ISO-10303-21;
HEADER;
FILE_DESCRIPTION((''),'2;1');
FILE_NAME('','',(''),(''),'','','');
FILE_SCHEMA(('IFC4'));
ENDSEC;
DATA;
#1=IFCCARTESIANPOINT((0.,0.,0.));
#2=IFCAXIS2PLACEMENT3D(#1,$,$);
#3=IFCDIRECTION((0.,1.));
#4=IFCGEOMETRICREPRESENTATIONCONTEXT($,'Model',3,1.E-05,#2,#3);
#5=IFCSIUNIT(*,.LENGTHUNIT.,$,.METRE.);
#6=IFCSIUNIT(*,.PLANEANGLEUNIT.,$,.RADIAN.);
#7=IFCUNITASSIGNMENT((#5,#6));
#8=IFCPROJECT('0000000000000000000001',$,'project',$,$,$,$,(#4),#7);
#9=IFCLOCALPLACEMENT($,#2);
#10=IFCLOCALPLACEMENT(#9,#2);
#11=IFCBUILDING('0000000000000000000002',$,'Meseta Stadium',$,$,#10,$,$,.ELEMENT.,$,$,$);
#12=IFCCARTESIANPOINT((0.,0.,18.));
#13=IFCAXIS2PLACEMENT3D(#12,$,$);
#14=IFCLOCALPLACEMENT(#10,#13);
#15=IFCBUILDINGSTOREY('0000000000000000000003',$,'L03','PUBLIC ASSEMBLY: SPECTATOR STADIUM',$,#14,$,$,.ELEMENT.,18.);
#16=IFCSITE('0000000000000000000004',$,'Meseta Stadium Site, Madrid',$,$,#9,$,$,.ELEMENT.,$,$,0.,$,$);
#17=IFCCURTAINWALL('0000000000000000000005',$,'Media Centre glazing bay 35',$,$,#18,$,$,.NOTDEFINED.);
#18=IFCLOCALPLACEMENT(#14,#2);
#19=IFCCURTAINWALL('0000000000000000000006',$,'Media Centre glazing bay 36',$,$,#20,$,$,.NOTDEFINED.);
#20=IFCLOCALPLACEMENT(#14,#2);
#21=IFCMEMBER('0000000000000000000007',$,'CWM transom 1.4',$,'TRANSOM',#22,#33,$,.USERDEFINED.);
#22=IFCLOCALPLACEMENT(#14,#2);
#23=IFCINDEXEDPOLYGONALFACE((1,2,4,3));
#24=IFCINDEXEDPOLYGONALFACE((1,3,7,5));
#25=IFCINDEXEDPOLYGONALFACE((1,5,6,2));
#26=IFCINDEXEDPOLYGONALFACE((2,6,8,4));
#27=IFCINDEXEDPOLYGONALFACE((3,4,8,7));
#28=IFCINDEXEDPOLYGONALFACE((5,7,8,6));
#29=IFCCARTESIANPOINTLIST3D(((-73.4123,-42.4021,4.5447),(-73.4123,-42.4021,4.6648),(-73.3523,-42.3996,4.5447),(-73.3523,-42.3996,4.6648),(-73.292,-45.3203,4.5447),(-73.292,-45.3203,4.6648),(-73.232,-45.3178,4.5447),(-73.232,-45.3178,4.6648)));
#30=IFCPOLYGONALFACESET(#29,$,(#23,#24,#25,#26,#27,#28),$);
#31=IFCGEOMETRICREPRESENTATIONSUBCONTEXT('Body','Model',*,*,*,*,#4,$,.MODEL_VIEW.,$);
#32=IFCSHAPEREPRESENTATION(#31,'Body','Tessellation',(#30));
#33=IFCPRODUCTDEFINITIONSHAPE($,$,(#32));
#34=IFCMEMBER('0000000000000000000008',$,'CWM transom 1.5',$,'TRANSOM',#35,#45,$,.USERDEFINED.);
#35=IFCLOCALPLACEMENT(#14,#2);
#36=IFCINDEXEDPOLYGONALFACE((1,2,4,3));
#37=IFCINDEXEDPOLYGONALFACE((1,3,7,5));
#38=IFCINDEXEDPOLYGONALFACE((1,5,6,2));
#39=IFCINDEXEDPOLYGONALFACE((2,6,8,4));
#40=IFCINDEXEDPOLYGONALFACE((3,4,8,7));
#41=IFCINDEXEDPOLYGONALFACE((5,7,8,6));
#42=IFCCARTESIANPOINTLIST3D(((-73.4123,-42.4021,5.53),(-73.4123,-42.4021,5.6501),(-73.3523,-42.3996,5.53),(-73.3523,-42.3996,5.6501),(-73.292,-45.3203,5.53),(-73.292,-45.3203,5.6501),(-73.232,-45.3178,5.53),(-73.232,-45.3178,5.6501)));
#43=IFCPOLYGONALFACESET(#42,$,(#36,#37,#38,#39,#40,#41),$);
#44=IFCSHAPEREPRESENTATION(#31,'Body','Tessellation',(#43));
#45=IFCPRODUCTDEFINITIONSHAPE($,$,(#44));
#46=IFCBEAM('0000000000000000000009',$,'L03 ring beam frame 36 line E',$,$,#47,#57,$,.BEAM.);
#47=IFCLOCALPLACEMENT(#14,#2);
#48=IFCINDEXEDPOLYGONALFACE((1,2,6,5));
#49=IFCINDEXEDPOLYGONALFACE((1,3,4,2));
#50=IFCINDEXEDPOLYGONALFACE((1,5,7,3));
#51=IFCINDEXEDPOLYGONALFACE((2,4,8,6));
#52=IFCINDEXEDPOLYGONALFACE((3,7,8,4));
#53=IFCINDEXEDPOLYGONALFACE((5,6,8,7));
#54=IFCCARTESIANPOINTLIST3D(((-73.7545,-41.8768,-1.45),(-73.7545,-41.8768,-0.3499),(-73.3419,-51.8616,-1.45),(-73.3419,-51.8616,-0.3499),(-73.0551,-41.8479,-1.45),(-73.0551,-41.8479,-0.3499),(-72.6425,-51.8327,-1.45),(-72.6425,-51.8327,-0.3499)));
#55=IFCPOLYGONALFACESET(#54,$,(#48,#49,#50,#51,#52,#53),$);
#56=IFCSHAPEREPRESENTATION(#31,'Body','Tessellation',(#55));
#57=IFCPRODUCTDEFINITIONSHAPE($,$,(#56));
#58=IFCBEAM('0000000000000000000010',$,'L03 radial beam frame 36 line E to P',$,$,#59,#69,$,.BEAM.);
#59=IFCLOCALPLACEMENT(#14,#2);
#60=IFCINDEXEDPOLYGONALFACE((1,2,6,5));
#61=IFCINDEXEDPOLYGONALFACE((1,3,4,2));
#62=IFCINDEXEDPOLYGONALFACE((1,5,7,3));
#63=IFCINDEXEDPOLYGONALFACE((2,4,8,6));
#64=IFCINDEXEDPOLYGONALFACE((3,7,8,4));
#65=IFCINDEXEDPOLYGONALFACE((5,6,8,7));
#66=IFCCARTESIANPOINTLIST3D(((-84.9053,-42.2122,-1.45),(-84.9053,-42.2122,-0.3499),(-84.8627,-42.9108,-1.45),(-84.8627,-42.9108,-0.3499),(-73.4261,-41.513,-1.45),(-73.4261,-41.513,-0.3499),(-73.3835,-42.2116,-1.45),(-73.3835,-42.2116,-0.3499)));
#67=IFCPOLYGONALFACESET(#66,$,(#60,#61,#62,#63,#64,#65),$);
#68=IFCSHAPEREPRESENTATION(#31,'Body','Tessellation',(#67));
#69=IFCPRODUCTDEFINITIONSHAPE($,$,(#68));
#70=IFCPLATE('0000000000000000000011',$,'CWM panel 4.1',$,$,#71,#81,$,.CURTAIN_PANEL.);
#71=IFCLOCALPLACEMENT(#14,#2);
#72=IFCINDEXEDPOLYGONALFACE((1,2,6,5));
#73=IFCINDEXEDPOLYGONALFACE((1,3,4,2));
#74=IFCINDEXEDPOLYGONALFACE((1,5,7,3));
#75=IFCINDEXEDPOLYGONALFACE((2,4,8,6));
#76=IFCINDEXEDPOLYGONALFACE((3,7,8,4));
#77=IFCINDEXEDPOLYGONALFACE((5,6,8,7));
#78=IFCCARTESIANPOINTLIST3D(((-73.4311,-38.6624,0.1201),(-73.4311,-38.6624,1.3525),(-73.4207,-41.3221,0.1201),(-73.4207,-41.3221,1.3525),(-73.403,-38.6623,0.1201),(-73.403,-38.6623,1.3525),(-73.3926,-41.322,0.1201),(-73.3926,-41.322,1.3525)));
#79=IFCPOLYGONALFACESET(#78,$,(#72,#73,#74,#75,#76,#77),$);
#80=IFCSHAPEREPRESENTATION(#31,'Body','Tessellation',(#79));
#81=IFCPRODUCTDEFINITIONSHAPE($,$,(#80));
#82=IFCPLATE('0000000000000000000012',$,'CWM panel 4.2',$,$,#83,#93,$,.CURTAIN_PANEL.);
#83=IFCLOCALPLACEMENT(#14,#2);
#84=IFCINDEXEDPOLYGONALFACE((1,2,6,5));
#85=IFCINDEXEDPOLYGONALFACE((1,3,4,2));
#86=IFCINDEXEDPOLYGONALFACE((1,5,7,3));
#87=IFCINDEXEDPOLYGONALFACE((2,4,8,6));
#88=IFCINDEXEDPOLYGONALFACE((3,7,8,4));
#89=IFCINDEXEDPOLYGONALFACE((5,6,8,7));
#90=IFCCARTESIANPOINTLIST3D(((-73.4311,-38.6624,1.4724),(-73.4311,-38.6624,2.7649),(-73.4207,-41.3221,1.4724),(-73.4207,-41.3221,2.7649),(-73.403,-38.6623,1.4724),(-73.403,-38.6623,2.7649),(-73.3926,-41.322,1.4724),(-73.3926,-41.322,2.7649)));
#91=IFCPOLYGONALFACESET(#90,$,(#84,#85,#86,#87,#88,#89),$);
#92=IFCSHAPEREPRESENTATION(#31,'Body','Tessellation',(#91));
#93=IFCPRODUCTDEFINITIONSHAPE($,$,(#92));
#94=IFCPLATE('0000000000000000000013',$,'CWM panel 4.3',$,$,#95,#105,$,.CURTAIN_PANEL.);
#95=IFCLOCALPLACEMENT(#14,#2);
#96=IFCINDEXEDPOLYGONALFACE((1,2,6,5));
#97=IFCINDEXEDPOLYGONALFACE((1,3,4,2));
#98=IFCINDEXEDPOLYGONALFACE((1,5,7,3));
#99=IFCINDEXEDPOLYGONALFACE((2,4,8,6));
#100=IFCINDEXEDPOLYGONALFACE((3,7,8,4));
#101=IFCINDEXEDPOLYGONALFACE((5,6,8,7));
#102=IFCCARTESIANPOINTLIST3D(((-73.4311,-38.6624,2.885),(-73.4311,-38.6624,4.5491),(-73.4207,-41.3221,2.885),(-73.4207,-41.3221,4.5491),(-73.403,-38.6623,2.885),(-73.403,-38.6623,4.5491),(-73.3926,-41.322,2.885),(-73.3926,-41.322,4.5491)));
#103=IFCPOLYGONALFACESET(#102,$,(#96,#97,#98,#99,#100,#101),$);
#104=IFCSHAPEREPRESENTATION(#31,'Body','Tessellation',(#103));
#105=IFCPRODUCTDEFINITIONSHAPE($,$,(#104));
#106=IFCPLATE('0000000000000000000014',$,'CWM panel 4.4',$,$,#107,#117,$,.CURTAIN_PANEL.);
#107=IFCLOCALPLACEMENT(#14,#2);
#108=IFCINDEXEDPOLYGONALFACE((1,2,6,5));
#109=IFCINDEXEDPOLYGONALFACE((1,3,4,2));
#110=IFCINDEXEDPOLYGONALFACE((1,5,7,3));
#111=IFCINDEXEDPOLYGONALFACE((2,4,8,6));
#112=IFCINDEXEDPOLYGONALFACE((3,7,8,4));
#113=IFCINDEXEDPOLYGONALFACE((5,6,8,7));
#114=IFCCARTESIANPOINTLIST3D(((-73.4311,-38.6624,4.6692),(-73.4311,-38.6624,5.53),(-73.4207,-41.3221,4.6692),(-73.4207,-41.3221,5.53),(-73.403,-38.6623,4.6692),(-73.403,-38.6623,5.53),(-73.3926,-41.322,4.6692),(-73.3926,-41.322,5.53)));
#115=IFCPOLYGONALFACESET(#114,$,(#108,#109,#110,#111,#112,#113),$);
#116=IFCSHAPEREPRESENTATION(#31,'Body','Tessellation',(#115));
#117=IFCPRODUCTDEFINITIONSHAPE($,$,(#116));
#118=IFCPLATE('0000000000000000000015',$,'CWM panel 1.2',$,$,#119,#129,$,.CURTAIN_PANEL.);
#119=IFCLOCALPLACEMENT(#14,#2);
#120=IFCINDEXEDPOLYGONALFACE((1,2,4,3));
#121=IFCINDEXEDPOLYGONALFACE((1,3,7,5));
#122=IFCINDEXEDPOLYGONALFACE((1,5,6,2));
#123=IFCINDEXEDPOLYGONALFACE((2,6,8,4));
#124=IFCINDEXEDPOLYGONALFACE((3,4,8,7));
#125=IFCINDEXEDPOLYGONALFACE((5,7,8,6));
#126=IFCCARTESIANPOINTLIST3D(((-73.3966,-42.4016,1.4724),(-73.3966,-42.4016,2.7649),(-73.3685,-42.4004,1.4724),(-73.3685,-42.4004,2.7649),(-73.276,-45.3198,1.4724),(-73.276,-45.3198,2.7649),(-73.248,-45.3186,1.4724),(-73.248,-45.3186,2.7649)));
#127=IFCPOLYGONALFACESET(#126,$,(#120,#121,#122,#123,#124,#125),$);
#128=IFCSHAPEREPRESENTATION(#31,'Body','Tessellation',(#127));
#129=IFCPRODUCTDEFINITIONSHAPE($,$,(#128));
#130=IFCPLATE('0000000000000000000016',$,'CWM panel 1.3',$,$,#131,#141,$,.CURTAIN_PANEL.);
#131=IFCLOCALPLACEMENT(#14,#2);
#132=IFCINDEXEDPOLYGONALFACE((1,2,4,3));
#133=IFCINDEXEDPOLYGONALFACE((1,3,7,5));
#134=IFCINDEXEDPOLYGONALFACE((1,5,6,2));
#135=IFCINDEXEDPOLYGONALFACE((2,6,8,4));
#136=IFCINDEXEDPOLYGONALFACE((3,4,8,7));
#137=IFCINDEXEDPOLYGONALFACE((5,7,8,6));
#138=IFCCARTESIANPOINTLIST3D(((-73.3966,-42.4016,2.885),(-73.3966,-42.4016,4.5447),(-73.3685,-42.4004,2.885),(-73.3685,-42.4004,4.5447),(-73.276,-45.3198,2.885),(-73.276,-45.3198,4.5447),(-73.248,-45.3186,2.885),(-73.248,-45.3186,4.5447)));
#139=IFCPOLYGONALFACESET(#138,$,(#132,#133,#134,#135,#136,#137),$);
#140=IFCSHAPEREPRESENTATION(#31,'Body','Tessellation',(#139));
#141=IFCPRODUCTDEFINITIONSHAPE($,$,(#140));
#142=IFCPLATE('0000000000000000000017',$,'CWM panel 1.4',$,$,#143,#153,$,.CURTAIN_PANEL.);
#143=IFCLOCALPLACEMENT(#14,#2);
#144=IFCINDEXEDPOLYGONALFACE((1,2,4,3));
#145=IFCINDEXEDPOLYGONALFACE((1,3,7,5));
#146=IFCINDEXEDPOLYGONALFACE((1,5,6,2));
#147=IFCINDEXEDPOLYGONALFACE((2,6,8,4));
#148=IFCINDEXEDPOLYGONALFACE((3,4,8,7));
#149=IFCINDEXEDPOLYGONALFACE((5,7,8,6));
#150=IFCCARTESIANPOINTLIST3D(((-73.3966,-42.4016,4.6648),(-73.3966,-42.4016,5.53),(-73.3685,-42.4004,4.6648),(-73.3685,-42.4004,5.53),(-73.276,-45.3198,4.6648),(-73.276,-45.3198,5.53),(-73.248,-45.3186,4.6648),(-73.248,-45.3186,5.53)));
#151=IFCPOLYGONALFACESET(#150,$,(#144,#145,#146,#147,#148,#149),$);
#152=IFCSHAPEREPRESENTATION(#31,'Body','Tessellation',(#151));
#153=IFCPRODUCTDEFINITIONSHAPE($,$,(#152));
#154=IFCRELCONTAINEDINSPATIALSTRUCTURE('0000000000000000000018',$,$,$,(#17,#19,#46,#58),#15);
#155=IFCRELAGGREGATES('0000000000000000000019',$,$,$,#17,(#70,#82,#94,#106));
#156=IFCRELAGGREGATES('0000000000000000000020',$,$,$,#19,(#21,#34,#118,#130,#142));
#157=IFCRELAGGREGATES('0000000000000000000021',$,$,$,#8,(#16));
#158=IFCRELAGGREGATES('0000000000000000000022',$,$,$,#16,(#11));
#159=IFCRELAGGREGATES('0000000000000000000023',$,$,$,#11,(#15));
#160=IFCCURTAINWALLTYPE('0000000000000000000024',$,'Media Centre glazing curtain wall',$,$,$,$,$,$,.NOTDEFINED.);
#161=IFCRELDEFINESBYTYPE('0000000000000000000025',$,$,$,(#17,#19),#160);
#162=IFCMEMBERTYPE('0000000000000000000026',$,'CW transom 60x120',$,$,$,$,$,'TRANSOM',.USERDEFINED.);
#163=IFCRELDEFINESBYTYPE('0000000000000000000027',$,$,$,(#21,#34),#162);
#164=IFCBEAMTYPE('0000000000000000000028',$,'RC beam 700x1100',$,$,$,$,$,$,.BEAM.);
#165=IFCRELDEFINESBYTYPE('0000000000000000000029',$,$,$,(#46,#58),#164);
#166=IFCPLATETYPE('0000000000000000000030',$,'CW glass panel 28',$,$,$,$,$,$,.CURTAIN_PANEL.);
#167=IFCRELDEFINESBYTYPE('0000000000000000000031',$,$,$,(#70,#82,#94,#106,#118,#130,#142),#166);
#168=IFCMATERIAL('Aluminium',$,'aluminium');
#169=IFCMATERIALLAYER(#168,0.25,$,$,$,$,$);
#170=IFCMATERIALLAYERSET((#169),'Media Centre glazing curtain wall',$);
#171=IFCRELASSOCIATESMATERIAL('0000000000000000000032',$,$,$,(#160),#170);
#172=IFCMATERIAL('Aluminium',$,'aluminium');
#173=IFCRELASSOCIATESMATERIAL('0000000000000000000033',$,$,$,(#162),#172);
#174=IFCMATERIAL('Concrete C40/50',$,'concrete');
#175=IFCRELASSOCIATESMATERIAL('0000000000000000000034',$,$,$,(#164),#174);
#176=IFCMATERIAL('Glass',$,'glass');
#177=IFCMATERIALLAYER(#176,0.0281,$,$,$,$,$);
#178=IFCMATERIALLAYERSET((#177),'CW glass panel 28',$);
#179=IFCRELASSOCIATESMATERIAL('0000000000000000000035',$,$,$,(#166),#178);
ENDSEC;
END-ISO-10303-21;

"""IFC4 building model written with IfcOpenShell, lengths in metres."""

from ifc_helpers import new_model, si_unit, direction, frame, origin, origin_2d, place, context, subcontext, project, spatial, rectangle, extrude, material, layer, layer_set, material_profile, profile_set, type_object, element, aggregate, save


model = new_model("IFC4")

# Units and contexts
model_context = context("Model", 3, precision=1e-05, world=origin(), true_north=direction((0.0, 1.0)))
body_context = subcontext(model_context, "Body", "Model", "MODEL_VIEW")
ifc_project = project(units=[si_unit("LENGTHUNIT", "METRE"), si_unit("PLANEANGLEUNIT", "RADIAN")], contexts=[model_context])

# Site, building, storey
site_placement = place(None, origin())
site = spatial("IfcSite", under=ifc_project, at=site_placement, Name="Meseta Stadium Site, Madrid", CompositionType="ELEMENT", RefElevation=0.0)
building_placement = place(site_placement, origin())
building = spatial("IfcBuilding", under=site, at=building_placement, Name="Meseta Stadium", CompositionType="ELEMENT")
storey_placement = place(building_placement, frame((0.0, 0.0, 18.0)))
storey = spatial("IfcBuildingStorey", under=building, at=storey_placement, Name="L03", Description="PUBLIC ASSEMBLY: SPECTATOR STADIUM", CompositionType="ELEMENT", Elevation=18.0)

# Curtain wall
ifc_material_1 = material(Name="Aluminium", Category="aluminium")
ifc_layer_1 = layer(ifc_material_1, 0.25)
ifc_layer_set_1 = layer_set([ifc_layer_1], Name="Media Centre glazing curtain wall")
curtain_wall_type = type_object("IfcCurtainWallType", Name="Media Centre glazing curtain wall", PredefinedType="NOTDEFINED", material=ifc_layer_set_1)
curtain_wall_1_placement = place(storey_placement, origin())
curtain_wall_1 = element("IfcCurtainWall", 1, at=curtain_wall_1_placement, inside=storey, type_object=curtain_wall_type, Name="Media Centre glazing bay 35", PredefinedType="NOTDEFINED")

# Curtain wall
curtain_wall_2_placement = place(storey_placement, origin())
curtain_wall_2 = element("IfcCurtainWall", 2, at=curtain_wall_2_placement, inside=storey, type_object=curtain_wall_type, Name="Media Centre glazing bay 36", PredefinedType="NOTDEFINED")

# Members
ifc_material_2 = material(Name="Aluminium", Category="aluminium")
ifc_material_profile_1 = material_profile(ifc_material_2, rectangle(XDim=0.0601, YDim=0.1201, at=origin_2d()), Name="CW 60x120")
ifc_profile_set_1 = profile_set([ifc_material_profile_1], Name="Aluminium")
member_type_1 = type_object("IfcMemberType", Name="CW transom 60x120", ElementType="TRANSOM", PredefinedType="USERDEFINED", material=ifc_profile_set_1)
member_1_placement = place(storey_placement, frame((-73.3823, -42.4009, 4.6047), z_axis=(0.04121, -0.999151, 0.0), x_axis=(0.999151, 0.04121, 0.0)))
member_1 = element("IfcMember", 3, at=member_1_placement, type_object=member_type_1, Name="CWM transom 1.4", ObjectType="TRANSOM", PredefinedType="USERDEFINED", context=body_context, shape_type="SweptSolid", body=[
    extrude(rectangle(XDim=0.0601, YDim=0.1201, at=origin_2d()), origin(), (0.0, 0.0, 1.0), 2.9207),
])
member_2_placement = place(storey_placement, frame((-73.3823, -42.4009, 5.5901), z_axis=(0.04121, -0.999151, 0.0), x_axis=(0.999151, 0.04121, 0.0)))
member_2 = element("IfcMember", 4, at=member_2_placement, type_object=member_type_1, Name="CWM transom 1.5", ObjectType="TRANSOM", PredefinedType="USERDEFINED", context=body_context, shape_type="SweptSolid", body=[
    extrude(rectangle(XDim=0.0601, YDim=0.1201, at=origin_2d()), origin(), (0.0, 0.0, 1.0), 2.9207),
])

# Beams
ifc_material_3 = material(Name="Concrete C40/50", Category="concrete")
ifc_material_profile_2 = material_profile(ifc_material_3, rectangle(XDim=0.7, YDim=1.1001, at=origin_2d()), Name="RC 700x1100")
ifc_profile_set_2 = profile_set([ifc_material_profile_2], Name="Concrete C40/50")
beam_type = type_object("IfcBeamType", Name="RC beam 700x1100", PredefinedType="BEAM", material=ifc_profile_set_2)
beam_1_placement = place(storey_placement, frame((-73.4048, -41.8623, -0.8999), z_axis=(0.041287, -0.999147, 0.0), x_axis=(0.999147, 0.041287, 0.0)))
element("IfcBeam", 5, at=beam_1_placement, inside=storey, type_object=beam_type, Name="L03 ring beam frame 36 line E", PredefinedType="BEAM", context=body_context, shape_type="SweptSolid", body=[
    extrude(rectangle(XDim=0.7, YDim=1.1001, at=origin_2d()), origin(), (0.0, 0.0, 1.0), 9.9934),
])
beam_2_placement = place(storey_placement, frame((-73.4048, -41.8623, -0.8999), z_axis=(-0.99815, -0.060799, 0.0), x_axis=(0.060799, -0.99815, 0.0)))
element("IfcBeam", 6, at=beam_2_placement, inside=storey, type_object=beam_type, Name="L03 radial beam frame 36 line E to P", PredefinedType="BEAM", context=body_context, shape_type="SweptSolid", body=[
    extrude(rectangle(XDim=0.7, YDim=1.1001, at=origin_2d()), origin(), (0.0, 0.0, 1.0), 11.5005),
])

# Plates
ifc_material_4 = material(Name="Glass", Category="glass")
ifc_layer_2 = layer(ifc_material_4, 0.0281)
ifc_layer_set_2 = layer_set([ifc_layer_2], Name="CW glass panel 28")
plate_type = type_object("IfcPlateType", Name="CW glass panel 28", PredefinedType="CURTAIN_PANEL", material=ifc_layer_set_2)
plate_1_placement = place(storey_placement, frame((-73.4119, -39.9922, 0.1201), z_axis=(0.0, 0.0, 1.0), x_axis=(0.003895, -0.999992, 0.0)))
plate_1 = element("IfcPlate", 7, at=plate_1_placement, type_object=plate_type, Name="CWM panel 4.1", PredefinedType="CURTAIN_PANEL", context=body_context, shape_type="SweptSolid", body=[
    extrude(rectangle(XDim=2.6597, YDim=0.0281, at=origin_2d()), origin(), (0.0, 0.0, 1.0), 1.2324),
])
plate_2_placement = place(storey_placement, frame((-73.4119, -39.9922, 1.4724), z_axis=(0.0, 0.0, 1.0), x_axis=(0.003895, -0.999992, 0.0)))
plate_2 = element("IfcPlate", 8, at=plate_2_placement, type_object=plate_type, Name="CWM panel 4.2", PredefinedType="CURTAIN_PANEL", context=body_context, shape_type="SweptSolid", body=[
    extrude(rectangle(XDim=2.6597, YDim=0.0281, at=origin_2d()), origin(), (0.0, 0.0, 1.0), 1.2925),
])
plate_3_placement = place(storey_placement, frame((-73.4119, -39.9922, 2.885), z_axis=(0.0, 0.0, 1.0), x_axis=(0.003895, -0.999992, 0.0)))
plate_3 = element("IfcPlate", 9, at=plate_3_placement, type_object=plate_type, Name="CWM panel 4.3", PredefinedType="CURTAIN_PANEL", context=body_context, shape_type="SweptSolid", body=[
    extrude(rectangle(XDim=2.6597, YDim=0.0281, at=origin_2d()), origin(), (0.0, 0.0, 1.0), 1.6641),
])
plate_4_placement = place(storey_placement, frame((-73.4119, -39.9922, 4.6692), z_axis=(0.0, 0.0, 1.0), x_axis=(0.003895, -0.999992, 0.0)))
plate_4 = element("IfcPlate", 10, at=plate_4_placement, type_object=plate_type, Name="CWM panel 4.4", PredefinedType="CURTAIN_PANEL", context=body_context, shape_type="SweptSolid", body=[
    extrude(rectangle(XDim=2.6597, YDim=0.0281, at=origin_2d()), origin(), (0.0, 0.0, 1.0), 0.8608),
])
aggregate(curtain_wall_1, [plate_1, plate_2, plate_3, plate_4])
plate_5_placement = place(storey_placement, frame((-73.3223, -43.8601, 1.4724), z_axis=(0.0, 0.0, 1.0), x_axis=(0.041275, -0.999148, 0.0)))
plate_5 = element("IfcPlate", 11, at=plate_5_placement, type_object=plate_type, Name="CWM panel 1.2", PredefinedType="CURTAIN_PANEL", context=body_context, shape_type="SweptSolid", body=[
    extrude(rectangle(XDim=2.9207, YDim=0.0281, at=origin_2d()), origin(), (0.0, 0.0, 1.0), 1.2925),
])
plate_6_placement = place(storey_placement, frame((-73.3223, -43.8601, 2.885), z_axis=(0.0, 0.0, 1.0), x_axis=(0.041275, -0.999148, 0.0)))
plate_6 = element("IfcPlate", 12, at=plate_6_placement, type_object=plate_type, Name="CWM panel 1.3", PredefinedType="CURTAIN_PANEL", context=body_context, shape_type="SweptSolid", body=[
    extrude(rectangle(XDim=2.9207, YDim=0.0281, at=origin_2d()), origin(), (0.0, 0.0, 1.0), 1.6597),
])
plate_7_placement = place(storey_placement, frame((-73.3223, -43.8601, 4.6648), z_axis=(0.0, 0.0, 1.0), x_axis=(0.041275, -0.999148, 0.0)))
plate_7 = element("IfcPlate", 13, at=plate_7_placement, type_object=plate_type, Name="CWM panel 1.4", PredefinedType="CURTAIN_PANEL", context=body_context, shape_type="SweptSolid", body=[
    extrude(rectangle(XDim=2.9207, YDim=0.0281, at=origin_2d()), origin(), (0.0, 0.0, 1.0), 0.8652),
])
aggregate(curtain_wall_2, [member_1, member_2, plate_5, plate_6, plate_7])

save(model, "model.ifc")
